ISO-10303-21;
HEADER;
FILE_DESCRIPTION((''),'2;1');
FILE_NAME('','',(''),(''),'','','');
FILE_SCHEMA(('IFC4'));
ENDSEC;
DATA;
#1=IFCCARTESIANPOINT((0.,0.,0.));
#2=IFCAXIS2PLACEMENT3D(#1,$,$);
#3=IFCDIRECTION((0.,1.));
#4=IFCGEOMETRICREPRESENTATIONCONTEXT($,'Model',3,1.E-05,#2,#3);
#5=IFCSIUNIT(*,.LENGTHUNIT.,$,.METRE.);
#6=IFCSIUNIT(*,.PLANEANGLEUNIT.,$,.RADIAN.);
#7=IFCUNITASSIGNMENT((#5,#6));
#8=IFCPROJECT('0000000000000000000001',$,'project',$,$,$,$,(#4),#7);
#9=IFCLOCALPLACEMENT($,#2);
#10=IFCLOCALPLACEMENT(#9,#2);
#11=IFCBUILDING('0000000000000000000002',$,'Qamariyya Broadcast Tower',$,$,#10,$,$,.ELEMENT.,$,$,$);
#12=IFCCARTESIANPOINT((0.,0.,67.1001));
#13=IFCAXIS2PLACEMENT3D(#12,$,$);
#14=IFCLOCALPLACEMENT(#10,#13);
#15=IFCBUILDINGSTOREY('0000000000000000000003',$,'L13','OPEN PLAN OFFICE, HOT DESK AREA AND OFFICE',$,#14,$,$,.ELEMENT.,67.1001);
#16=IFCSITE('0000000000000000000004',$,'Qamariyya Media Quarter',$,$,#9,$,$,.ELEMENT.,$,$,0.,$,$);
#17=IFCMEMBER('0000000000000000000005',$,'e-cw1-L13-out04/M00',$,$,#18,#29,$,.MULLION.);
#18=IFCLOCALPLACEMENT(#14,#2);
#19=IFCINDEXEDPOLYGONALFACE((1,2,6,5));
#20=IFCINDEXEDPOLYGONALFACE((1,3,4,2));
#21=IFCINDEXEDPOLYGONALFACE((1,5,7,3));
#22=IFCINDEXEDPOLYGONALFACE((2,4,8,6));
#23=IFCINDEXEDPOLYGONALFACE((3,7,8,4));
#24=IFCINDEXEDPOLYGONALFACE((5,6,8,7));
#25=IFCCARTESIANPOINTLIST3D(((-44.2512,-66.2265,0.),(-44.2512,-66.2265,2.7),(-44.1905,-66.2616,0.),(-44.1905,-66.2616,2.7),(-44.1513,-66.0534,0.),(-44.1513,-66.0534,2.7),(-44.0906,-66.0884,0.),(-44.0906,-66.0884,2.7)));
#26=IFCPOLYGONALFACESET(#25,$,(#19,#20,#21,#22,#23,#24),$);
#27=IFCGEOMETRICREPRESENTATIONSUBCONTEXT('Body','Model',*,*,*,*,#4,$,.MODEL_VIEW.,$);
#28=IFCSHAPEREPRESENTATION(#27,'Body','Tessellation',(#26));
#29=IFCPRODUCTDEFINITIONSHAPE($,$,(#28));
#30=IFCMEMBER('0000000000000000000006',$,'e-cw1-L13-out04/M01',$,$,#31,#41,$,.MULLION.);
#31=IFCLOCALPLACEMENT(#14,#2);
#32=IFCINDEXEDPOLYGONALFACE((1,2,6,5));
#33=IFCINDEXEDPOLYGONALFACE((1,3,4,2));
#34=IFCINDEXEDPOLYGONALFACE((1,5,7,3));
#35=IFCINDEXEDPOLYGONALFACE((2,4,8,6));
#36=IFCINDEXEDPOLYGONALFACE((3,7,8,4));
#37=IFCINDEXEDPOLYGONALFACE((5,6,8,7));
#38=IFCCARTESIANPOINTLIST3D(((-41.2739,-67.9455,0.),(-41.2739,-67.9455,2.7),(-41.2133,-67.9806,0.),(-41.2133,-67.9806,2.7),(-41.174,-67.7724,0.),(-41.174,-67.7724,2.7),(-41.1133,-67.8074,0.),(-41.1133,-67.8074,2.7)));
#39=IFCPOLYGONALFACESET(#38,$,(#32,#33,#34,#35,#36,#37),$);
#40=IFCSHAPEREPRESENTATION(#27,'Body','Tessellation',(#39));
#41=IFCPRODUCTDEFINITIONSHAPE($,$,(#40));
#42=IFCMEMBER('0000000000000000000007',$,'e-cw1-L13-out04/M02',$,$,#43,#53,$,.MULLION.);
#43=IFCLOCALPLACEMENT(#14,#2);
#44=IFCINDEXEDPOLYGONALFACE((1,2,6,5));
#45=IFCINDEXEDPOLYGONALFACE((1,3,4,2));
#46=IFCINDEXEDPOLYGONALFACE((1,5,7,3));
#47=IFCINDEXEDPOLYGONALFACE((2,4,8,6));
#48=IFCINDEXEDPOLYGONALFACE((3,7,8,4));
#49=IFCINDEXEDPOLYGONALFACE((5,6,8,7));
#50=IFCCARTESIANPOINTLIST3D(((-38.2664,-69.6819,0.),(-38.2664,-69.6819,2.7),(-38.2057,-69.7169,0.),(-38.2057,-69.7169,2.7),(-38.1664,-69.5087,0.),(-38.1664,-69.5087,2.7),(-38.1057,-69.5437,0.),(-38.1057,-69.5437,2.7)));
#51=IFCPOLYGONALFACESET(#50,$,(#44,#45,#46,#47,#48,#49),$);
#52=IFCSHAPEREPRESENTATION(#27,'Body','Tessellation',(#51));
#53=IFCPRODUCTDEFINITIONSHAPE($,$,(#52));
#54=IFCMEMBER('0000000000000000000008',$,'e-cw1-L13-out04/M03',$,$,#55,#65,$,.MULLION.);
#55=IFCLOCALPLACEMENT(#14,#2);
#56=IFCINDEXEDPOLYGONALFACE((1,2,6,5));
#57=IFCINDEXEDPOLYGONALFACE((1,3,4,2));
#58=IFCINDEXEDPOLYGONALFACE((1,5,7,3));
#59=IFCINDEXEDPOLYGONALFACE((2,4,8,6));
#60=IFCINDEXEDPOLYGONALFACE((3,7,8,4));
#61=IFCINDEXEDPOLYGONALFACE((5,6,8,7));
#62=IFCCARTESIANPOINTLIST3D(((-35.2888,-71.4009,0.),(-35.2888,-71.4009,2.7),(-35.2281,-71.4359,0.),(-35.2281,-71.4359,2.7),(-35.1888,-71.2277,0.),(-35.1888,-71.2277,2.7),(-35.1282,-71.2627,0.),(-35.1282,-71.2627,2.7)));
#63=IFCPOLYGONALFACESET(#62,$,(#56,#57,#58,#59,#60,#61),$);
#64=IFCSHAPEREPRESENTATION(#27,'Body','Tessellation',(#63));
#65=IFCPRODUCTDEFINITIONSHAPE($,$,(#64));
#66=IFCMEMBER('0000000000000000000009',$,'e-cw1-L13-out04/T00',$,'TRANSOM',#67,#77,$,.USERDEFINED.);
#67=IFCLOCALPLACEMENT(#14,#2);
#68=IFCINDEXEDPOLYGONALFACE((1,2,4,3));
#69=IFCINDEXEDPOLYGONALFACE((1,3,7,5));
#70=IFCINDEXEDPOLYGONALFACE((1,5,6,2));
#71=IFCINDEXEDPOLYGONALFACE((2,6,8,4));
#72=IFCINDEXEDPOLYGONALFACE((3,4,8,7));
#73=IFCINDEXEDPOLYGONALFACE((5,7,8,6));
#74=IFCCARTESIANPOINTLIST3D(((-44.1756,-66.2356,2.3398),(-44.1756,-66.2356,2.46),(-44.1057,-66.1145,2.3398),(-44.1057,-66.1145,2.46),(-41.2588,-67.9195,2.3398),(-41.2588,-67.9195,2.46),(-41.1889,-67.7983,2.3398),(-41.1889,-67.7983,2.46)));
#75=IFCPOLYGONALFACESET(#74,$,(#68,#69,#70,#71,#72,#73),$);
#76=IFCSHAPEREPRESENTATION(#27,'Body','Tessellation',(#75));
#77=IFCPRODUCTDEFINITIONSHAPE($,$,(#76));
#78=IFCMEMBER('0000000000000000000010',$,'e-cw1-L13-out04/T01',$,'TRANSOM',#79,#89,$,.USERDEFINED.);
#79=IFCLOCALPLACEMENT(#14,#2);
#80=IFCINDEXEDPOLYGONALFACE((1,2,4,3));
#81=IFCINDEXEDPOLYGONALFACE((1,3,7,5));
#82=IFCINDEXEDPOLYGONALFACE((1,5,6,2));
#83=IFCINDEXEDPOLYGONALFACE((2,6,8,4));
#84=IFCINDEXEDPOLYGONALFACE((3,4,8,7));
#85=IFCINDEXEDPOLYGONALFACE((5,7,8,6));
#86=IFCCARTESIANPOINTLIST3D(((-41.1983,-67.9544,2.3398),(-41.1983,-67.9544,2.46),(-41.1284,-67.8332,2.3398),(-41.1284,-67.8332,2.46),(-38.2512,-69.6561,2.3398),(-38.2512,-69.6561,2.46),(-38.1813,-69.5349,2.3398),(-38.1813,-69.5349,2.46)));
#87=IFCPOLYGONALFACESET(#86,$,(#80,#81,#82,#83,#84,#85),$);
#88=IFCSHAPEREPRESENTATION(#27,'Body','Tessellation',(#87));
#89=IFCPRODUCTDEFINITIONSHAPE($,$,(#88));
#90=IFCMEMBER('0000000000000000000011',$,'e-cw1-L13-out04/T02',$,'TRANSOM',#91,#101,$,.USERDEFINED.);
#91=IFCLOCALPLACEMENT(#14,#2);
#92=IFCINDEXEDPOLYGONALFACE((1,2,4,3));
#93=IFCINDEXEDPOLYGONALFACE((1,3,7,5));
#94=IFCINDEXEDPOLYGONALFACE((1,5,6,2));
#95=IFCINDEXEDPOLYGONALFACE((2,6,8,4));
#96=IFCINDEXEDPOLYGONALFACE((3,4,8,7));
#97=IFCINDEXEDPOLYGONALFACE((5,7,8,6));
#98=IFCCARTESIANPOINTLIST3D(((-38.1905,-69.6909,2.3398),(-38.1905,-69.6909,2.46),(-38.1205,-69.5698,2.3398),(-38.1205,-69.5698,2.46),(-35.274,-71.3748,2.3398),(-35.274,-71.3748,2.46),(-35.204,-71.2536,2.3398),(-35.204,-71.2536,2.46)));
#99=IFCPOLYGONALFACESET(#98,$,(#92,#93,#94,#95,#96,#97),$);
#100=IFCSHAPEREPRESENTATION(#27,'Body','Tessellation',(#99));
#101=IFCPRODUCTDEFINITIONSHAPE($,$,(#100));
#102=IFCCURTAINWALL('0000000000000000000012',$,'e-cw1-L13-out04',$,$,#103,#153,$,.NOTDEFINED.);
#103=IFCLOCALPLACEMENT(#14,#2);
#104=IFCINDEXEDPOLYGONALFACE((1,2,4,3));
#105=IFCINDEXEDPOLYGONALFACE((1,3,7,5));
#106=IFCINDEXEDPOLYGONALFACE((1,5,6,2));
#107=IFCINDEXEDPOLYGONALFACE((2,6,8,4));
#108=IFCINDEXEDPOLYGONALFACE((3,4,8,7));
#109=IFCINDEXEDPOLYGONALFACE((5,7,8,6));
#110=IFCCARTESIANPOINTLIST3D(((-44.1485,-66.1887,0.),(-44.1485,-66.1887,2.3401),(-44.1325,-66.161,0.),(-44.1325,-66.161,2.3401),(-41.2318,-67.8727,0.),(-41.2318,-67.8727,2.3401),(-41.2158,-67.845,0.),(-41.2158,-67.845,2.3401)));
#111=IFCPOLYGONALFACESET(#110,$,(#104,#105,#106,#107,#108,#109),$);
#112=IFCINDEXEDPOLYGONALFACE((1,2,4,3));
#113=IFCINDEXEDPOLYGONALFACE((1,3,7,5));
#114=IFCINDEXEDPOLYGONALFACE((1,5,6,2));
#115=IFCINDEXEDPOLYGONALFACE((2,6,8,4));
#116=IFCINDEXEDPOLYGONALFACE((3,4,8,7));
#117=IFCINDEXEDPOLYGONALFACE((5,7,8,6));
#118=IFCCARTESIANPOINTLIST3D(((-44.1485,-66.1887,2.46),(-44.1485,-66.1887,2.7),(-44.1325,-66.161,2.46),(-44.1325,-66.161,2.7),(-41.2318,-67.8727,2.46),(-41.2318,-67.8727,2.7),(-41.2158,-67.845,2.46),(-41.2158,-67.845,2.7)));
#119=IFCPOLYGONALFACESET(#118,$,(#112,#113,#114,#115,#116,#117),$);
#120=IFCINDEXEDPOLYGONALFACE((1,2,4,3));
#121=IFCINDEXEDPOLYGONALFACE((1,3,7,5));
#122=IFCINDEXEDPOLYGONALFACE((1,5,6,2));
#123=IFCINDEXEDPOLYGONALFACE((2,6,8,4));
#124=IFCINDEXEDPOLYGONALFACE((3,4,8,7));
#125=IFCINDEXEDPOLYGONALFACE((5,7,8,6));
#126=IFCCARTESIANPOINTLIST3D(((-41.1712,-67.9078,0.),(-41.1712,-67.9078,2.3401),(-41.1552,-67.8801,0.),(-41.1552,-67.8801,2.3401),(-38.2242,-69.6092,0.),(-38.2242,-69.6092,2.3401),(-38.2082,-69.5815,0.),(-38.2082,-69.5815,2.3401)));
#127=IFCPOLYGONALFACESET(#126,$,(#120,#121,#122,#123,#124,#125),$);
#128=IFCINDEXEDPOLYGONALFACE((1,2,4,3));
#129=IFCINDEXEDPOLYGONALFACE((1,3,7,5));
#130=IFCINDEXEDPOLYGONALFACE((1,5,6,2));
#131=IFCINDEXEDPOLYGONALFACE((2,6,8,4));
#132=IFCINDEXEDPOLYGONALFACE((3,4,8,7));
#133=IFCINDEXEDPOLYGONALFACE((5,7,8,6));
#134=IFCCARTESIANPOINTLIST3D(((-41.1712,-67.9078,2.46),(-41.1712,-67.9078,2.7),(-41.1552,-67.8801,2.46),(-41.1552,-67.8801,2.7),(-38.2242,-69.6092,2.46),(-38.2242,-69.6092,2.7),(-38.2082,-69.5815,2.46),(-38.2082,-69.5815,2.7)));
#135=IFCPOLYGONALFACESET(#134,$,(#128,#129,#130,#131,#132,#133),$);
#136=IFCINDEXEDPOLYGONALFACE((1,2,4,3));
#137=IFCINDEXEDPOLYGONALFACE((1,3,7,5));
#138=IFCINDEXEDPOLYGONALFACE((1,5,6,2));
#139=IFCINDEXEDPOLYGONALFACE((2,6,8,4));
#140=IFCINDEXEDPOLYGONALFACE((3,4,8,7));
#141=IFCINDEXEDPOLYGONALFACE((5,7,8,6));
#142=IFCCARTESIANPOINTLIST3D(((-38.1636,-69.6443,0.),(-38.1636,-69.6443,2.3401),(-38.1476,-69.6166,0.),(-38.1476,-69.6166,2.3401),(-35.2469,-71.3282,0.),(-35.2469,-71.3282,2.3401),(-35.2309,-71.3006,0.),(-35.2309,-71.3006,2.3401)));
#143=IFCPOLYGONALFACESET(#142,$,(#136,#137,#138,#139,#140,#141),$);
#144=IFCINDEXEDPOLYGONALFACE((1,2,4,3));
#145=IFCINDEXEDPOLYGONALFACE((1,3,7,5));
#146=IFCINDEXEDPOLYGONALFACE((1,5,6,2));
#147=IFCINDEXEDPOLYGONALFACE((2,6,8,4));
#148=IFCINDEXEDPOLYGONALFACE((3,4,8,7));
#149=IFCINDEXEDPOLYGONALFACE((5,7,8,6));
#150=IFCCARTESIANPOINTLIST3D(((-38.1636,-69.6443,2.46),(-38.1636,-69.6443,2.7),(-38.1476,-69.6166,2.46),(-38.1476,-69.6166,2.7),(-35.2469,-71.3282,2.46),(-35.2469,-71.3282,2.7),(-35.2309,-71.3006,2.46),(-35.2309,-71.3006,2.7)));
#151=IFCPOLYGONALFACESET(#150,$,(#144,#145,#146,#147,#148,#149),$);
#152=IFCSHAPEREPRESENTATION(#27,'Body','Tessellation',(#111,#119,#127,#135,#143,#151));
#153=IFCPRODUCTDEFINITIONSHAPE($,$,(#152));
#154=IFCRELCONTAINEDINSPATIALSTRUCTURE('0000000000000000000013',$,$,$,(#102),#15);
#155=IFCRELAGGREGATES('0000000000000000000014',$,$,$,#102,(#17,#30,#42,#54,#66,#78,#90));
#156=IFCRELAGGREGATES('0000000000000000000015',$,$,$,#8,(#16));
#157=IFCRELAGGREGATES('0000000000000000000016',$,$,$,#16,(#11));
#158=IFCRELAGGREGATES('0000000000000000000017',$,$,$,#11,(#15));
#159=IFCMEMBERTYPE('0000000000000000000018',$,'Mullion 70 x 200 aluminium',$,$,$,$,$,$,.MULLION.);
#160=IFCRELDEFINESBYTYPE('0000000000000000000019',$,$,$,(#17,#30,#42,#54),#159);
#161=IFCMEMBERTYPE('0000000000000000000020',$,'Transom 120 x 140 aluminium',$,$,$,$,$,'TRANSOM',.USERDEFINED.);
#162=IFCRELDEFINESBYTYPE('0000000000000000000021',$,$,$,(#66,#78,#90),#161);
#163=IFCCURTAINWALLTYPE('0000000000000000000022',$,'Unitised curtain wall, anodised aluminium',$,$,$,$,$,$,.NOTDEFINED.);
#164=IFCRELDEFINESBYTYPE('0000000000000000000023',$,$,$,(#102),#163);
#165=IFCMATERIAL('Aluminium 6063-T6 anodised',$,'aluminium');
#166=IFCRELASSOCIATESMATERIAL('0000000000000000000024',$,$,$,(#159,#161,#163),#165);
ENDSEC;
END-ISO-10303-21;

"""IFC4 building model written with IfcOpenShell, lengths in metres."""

from ifc_helpers import new_model, si_unit, direction, frame, origin, origin_2d, place, context, subcontext, project, spatial, rectangle, extrude, material, material_profile, profile_set, type_object, element, aggregate, save


model = new_model("IFC4")

# Units and contexts
model_context = context("Model", 3, precision=1e-05, world=origin(), true_north=direction((0.0, 1.0)))
body_context = subcontext(model_context, "Body", "Model", "MODEL_VIEW")
ifc_project = project(units=[si_unit("LENGTHUNIT", "METRE"), si_unit("PLANEANGLEUNIT", "RADIAN")], contexts=[model_context])

# Members
ifc_material = material(Name="Aluminium 6063-T6 anodised", Category="aluminium")
ifc_material_profile_1 = material_profile(ifc_material, rectangle(XDim=0.2, YDim=0.0701, at=origin_2d()))
ifc_profile_set_1 = profile_set([ifc_material_profile_1], Name="Aluminium 6063-T6 anodised")
member_type_1 = type_object("IfcMemberType", Name="Mullion 70 x 200 aluminium", PredefinedType="MULLION", material=ifc_profile_set_1)
site_placement = place(None, origin())
building_placement = place(site_placement, origin())
storey_placement = place(building_placement, frame((0.0, 0.0, 67.1001)))
member_1_placement = place(storey_placement, frame((-44.1709, -66.1575, 0.0), z_axis=(0.0, 0.0, 1.0), x_axis=(0.5, 0.866025, 0.0)))
member_1 = element("IfcMember", 1, at=member_1_placement, type_object=member_type_1, Name="e-cw1-L13-out04/M00", PredefinedType="MULLION", context=body_context, shape_type="SweptSolid", body=[
    extrude(rectangle(XDim=0.2, YDim=0.0701, at=origin_2d()), origin(), (0.0, 0.0, 1.0), 2.7),
])
member_2_placement = place(storey_placement, frame((-41.1936, -67.8765, 0.0), z_axis=(0.0, 0.0, 1.0), x_axis=(0.5, 0.866025, 0.0)))
member_2 = element("IfcMember", 2, at=member_2_placement, type_object=member_type_1, Name="e-cw1-L13-out04/M01", PredefinedType="MULLION", context=body_context, shape_type="SweptSolid", body=[
    extrude(rectangle(XDim=0.2, YDim=0.0701, at=origin_2d()), origin(), (0.0, 0.0, 1.0), 2.7),
])
member_3_placement = place(storey_placement, frame((-38.186, -69.6128, 0.0), z_axis=(0.0, 0.0, 1.0), x_axis=(0.5, 0.866025, 0.0)))
member_3 = element("IfcMember", 3, at=member_3_placement, type_object=member_type_1, Name="e-cw1-L13-out04/M02", PredefinedType="MULLION", context=body_context, shape_type="SweptSolid", body=[
    extrude(rectangle(XDim=0.2, YDim=0.0701, at=origin_2d()), origin(), (0.0, 0.0, 1.0), 2.7),
])
member_4_placement = place(storey_placement, frame((-35.2085, -71.3318, 0.0), z_axis=(0.0, 0.0, 1.0), x_axis=(0.5, 0.866025, 0.0)))
member_4 = element("IfcMember", 4, at=member_4_placement, type_object=member_type_1, Name="e-cw1-L13-out04/M03", PredefinedType="MULLION", context=body_context, shape_type="SweptSolid", body=[
    extrude(rectangle(XDim=0.2, YDim=0.0701, at=origin_2d()), origin(), (0.0, 0.0, 1.0), 2.7),
])
ifc_material_profile_2 = material_profile(ifc_material, rectangle(XDim=0.1399, YDim=0.1201, at=origin_2d()))
ifc_profile_set_2 = profile_set([ifc_material_profile_2], Name="Aluminium 6063-T6 anodised")
member_type_2 = type_object("IfcMemberType", Name="Transom 120 x 140 aluminium", ElementType="TRANSOM", PredefinedType="USERDEFINED", material=ifc_profile_set_2)
member_5_placement = place(storey_placement, frame((-44.1406, -66.175, 2.3999), z_axis=(0.866044, -0.499967, 0.0), x_axis=(0.499967, 0.866044, 0.0)))
member_5 = element("IfcMember", 5, at=member_5_placement, type_object=member_type_2, Name="e-cw1-L13-out04/T00", ObjectType="TRANSOM", PredefinedType="USERDEFINED", context=body_context, shape_type="SweptSolid", body=[
    extrude(rectangle(XDim=0.1399, YDim=0.1201, at=origin_2d()), origin(), (0.0, 0.0, 1.0), 3.3679),
])
member_6_placement = place(storey_placement, frame((-41.1633, -67.8938, 2.3999), z_axis=(0.866, -0.500043, 0.0), x_axis=(0.500043, 0.866, 0.0)))
member_6 = element("IfcMember", 6, at=member_6_placement, type_object=member_type_2, Name="e-cw1-L13-out04/T01", ObjectType="TRANSOM", PredefinedType="USERDEFINED", context=body_context, shape_type="SweptSolid", body=[
    extrude(rectangle(XDim=0.1399, YDim=0.1201, at=origin_2d()), origin(), (0.0, 0.0, 1.0), 3.4031),
])
member_7_placement = place(storey_placement, frame((-38.1555, -69.6304, 2.3999), z_axis=(0.866026, -0.499999, 0.0), x_axis=(0.499999, 0.866026, 0.0)))
member_7 = element("IfcMember", 7, at=member_7_placement, type_object=member_type_2, Name="e-cw1-L13-out04/T02", ObjectType="TRANSOM", PredefinedType="USERDEFINED", context=body_context, shape_type="SweptSolid", body=[
    extrude(rectangle(XDim=0.1399, YDim=0.1201, at=origin_2d()), origin(), (0.0, 0.0, 1.0), 3.3677),
])

# Site, building, storey
site = spatial("IfcSite", under=ifc_project, at=site_placement, Name="Qamariyya Media Quarter", CompositionType="ELEMENT", RefElevation=0.0)
building = spatial("IfcBuilding", under=site, at=building_placement, Name="Qamariyya Broadcast Tower", CompositionType="ELEMENT")
storey = spatial("IfcBuildingStorey", under=building, at=storey_placement, Name="L13", Description="OPEN PLAN OFFICE, HOT DESK AREA AND OFFICE", CompositionType="ELEMENT", Elevation=67.1001)

# Curtain wall
curtain_wall_type = type_object("IfcCurtainWallType", Name="Unitised curtain wall, anodised aluminium", PredefinedType="NOTDEFINED", material=ifc_material)
curtain_wall_1_placement = place(storey_placement, origin())
curtain_wall_1 = element("IfcCurtainWall", 8, at=curtain_wall_1_placement, inside=storey, type_object=curtain_wall_type, Name="e-cw1-L13-out04", PredefinedType="NOTDEFINED", context=body_context, shape_type="SweptSolid", body=[
    extrude(rectangle(XDim=3.3679, YDim=0.032, at=origin_2d()), frame((-42.6821, -67.0168, 0.0), x_axis=(0.866022, -0.500005, 0.0)), (0.0, 0.0, 1.0), 2.3401),
    extrude(rectangle(XDim=3.3679, YDim=0.032, at=origin_2d()), frame((-42.6821, -67.0168, 2.46), x_axis=(0.866022, -0.500005, 0.0)), (0.0, 0.0, 1.0), 0.24),
    extrude(rectangle(XDim=3.4028, YDim=0.032, at=origin_2d()), frame((-39.6897, -68.7446, 0.0), x_axis=(0.866022, -0.500005, 0.0)), (0.0, 0.0, 1.0), 2.3401),
    extrude(rectangle(XDim=3.4028, YDim=0.032, at=origin_2d()), frame((-39.6897, -68.7446, 2.46), x_axis=(0.866022, -0.500005, 0.0)), (0.0, 0.0, 1.0), 0.24),
    extrude(rectangle(XDim=3.3679, YDim=0.032, at=origin_2d()), frame((-36.6973, -70.4724, 0.0), x_axis=(0.866022, -0.500005, 0.0)), (0.0, 0.0, 1.0), 2.3401),
    extrude(rectangle(XDim=3.3679, YDim=0.032, at=origin_2d()), frame((-36.6973, -70.4724, 2.46), x_axis=(0.866022, -0.500005, 0.0)), (0.0, 0.0, 1.0), 0.24),
])
aggregate(curtain_wall_1, [member_1, member_2, member_3, member_4, member_5, member_6, member_7])

save(model, "model.ifc")
